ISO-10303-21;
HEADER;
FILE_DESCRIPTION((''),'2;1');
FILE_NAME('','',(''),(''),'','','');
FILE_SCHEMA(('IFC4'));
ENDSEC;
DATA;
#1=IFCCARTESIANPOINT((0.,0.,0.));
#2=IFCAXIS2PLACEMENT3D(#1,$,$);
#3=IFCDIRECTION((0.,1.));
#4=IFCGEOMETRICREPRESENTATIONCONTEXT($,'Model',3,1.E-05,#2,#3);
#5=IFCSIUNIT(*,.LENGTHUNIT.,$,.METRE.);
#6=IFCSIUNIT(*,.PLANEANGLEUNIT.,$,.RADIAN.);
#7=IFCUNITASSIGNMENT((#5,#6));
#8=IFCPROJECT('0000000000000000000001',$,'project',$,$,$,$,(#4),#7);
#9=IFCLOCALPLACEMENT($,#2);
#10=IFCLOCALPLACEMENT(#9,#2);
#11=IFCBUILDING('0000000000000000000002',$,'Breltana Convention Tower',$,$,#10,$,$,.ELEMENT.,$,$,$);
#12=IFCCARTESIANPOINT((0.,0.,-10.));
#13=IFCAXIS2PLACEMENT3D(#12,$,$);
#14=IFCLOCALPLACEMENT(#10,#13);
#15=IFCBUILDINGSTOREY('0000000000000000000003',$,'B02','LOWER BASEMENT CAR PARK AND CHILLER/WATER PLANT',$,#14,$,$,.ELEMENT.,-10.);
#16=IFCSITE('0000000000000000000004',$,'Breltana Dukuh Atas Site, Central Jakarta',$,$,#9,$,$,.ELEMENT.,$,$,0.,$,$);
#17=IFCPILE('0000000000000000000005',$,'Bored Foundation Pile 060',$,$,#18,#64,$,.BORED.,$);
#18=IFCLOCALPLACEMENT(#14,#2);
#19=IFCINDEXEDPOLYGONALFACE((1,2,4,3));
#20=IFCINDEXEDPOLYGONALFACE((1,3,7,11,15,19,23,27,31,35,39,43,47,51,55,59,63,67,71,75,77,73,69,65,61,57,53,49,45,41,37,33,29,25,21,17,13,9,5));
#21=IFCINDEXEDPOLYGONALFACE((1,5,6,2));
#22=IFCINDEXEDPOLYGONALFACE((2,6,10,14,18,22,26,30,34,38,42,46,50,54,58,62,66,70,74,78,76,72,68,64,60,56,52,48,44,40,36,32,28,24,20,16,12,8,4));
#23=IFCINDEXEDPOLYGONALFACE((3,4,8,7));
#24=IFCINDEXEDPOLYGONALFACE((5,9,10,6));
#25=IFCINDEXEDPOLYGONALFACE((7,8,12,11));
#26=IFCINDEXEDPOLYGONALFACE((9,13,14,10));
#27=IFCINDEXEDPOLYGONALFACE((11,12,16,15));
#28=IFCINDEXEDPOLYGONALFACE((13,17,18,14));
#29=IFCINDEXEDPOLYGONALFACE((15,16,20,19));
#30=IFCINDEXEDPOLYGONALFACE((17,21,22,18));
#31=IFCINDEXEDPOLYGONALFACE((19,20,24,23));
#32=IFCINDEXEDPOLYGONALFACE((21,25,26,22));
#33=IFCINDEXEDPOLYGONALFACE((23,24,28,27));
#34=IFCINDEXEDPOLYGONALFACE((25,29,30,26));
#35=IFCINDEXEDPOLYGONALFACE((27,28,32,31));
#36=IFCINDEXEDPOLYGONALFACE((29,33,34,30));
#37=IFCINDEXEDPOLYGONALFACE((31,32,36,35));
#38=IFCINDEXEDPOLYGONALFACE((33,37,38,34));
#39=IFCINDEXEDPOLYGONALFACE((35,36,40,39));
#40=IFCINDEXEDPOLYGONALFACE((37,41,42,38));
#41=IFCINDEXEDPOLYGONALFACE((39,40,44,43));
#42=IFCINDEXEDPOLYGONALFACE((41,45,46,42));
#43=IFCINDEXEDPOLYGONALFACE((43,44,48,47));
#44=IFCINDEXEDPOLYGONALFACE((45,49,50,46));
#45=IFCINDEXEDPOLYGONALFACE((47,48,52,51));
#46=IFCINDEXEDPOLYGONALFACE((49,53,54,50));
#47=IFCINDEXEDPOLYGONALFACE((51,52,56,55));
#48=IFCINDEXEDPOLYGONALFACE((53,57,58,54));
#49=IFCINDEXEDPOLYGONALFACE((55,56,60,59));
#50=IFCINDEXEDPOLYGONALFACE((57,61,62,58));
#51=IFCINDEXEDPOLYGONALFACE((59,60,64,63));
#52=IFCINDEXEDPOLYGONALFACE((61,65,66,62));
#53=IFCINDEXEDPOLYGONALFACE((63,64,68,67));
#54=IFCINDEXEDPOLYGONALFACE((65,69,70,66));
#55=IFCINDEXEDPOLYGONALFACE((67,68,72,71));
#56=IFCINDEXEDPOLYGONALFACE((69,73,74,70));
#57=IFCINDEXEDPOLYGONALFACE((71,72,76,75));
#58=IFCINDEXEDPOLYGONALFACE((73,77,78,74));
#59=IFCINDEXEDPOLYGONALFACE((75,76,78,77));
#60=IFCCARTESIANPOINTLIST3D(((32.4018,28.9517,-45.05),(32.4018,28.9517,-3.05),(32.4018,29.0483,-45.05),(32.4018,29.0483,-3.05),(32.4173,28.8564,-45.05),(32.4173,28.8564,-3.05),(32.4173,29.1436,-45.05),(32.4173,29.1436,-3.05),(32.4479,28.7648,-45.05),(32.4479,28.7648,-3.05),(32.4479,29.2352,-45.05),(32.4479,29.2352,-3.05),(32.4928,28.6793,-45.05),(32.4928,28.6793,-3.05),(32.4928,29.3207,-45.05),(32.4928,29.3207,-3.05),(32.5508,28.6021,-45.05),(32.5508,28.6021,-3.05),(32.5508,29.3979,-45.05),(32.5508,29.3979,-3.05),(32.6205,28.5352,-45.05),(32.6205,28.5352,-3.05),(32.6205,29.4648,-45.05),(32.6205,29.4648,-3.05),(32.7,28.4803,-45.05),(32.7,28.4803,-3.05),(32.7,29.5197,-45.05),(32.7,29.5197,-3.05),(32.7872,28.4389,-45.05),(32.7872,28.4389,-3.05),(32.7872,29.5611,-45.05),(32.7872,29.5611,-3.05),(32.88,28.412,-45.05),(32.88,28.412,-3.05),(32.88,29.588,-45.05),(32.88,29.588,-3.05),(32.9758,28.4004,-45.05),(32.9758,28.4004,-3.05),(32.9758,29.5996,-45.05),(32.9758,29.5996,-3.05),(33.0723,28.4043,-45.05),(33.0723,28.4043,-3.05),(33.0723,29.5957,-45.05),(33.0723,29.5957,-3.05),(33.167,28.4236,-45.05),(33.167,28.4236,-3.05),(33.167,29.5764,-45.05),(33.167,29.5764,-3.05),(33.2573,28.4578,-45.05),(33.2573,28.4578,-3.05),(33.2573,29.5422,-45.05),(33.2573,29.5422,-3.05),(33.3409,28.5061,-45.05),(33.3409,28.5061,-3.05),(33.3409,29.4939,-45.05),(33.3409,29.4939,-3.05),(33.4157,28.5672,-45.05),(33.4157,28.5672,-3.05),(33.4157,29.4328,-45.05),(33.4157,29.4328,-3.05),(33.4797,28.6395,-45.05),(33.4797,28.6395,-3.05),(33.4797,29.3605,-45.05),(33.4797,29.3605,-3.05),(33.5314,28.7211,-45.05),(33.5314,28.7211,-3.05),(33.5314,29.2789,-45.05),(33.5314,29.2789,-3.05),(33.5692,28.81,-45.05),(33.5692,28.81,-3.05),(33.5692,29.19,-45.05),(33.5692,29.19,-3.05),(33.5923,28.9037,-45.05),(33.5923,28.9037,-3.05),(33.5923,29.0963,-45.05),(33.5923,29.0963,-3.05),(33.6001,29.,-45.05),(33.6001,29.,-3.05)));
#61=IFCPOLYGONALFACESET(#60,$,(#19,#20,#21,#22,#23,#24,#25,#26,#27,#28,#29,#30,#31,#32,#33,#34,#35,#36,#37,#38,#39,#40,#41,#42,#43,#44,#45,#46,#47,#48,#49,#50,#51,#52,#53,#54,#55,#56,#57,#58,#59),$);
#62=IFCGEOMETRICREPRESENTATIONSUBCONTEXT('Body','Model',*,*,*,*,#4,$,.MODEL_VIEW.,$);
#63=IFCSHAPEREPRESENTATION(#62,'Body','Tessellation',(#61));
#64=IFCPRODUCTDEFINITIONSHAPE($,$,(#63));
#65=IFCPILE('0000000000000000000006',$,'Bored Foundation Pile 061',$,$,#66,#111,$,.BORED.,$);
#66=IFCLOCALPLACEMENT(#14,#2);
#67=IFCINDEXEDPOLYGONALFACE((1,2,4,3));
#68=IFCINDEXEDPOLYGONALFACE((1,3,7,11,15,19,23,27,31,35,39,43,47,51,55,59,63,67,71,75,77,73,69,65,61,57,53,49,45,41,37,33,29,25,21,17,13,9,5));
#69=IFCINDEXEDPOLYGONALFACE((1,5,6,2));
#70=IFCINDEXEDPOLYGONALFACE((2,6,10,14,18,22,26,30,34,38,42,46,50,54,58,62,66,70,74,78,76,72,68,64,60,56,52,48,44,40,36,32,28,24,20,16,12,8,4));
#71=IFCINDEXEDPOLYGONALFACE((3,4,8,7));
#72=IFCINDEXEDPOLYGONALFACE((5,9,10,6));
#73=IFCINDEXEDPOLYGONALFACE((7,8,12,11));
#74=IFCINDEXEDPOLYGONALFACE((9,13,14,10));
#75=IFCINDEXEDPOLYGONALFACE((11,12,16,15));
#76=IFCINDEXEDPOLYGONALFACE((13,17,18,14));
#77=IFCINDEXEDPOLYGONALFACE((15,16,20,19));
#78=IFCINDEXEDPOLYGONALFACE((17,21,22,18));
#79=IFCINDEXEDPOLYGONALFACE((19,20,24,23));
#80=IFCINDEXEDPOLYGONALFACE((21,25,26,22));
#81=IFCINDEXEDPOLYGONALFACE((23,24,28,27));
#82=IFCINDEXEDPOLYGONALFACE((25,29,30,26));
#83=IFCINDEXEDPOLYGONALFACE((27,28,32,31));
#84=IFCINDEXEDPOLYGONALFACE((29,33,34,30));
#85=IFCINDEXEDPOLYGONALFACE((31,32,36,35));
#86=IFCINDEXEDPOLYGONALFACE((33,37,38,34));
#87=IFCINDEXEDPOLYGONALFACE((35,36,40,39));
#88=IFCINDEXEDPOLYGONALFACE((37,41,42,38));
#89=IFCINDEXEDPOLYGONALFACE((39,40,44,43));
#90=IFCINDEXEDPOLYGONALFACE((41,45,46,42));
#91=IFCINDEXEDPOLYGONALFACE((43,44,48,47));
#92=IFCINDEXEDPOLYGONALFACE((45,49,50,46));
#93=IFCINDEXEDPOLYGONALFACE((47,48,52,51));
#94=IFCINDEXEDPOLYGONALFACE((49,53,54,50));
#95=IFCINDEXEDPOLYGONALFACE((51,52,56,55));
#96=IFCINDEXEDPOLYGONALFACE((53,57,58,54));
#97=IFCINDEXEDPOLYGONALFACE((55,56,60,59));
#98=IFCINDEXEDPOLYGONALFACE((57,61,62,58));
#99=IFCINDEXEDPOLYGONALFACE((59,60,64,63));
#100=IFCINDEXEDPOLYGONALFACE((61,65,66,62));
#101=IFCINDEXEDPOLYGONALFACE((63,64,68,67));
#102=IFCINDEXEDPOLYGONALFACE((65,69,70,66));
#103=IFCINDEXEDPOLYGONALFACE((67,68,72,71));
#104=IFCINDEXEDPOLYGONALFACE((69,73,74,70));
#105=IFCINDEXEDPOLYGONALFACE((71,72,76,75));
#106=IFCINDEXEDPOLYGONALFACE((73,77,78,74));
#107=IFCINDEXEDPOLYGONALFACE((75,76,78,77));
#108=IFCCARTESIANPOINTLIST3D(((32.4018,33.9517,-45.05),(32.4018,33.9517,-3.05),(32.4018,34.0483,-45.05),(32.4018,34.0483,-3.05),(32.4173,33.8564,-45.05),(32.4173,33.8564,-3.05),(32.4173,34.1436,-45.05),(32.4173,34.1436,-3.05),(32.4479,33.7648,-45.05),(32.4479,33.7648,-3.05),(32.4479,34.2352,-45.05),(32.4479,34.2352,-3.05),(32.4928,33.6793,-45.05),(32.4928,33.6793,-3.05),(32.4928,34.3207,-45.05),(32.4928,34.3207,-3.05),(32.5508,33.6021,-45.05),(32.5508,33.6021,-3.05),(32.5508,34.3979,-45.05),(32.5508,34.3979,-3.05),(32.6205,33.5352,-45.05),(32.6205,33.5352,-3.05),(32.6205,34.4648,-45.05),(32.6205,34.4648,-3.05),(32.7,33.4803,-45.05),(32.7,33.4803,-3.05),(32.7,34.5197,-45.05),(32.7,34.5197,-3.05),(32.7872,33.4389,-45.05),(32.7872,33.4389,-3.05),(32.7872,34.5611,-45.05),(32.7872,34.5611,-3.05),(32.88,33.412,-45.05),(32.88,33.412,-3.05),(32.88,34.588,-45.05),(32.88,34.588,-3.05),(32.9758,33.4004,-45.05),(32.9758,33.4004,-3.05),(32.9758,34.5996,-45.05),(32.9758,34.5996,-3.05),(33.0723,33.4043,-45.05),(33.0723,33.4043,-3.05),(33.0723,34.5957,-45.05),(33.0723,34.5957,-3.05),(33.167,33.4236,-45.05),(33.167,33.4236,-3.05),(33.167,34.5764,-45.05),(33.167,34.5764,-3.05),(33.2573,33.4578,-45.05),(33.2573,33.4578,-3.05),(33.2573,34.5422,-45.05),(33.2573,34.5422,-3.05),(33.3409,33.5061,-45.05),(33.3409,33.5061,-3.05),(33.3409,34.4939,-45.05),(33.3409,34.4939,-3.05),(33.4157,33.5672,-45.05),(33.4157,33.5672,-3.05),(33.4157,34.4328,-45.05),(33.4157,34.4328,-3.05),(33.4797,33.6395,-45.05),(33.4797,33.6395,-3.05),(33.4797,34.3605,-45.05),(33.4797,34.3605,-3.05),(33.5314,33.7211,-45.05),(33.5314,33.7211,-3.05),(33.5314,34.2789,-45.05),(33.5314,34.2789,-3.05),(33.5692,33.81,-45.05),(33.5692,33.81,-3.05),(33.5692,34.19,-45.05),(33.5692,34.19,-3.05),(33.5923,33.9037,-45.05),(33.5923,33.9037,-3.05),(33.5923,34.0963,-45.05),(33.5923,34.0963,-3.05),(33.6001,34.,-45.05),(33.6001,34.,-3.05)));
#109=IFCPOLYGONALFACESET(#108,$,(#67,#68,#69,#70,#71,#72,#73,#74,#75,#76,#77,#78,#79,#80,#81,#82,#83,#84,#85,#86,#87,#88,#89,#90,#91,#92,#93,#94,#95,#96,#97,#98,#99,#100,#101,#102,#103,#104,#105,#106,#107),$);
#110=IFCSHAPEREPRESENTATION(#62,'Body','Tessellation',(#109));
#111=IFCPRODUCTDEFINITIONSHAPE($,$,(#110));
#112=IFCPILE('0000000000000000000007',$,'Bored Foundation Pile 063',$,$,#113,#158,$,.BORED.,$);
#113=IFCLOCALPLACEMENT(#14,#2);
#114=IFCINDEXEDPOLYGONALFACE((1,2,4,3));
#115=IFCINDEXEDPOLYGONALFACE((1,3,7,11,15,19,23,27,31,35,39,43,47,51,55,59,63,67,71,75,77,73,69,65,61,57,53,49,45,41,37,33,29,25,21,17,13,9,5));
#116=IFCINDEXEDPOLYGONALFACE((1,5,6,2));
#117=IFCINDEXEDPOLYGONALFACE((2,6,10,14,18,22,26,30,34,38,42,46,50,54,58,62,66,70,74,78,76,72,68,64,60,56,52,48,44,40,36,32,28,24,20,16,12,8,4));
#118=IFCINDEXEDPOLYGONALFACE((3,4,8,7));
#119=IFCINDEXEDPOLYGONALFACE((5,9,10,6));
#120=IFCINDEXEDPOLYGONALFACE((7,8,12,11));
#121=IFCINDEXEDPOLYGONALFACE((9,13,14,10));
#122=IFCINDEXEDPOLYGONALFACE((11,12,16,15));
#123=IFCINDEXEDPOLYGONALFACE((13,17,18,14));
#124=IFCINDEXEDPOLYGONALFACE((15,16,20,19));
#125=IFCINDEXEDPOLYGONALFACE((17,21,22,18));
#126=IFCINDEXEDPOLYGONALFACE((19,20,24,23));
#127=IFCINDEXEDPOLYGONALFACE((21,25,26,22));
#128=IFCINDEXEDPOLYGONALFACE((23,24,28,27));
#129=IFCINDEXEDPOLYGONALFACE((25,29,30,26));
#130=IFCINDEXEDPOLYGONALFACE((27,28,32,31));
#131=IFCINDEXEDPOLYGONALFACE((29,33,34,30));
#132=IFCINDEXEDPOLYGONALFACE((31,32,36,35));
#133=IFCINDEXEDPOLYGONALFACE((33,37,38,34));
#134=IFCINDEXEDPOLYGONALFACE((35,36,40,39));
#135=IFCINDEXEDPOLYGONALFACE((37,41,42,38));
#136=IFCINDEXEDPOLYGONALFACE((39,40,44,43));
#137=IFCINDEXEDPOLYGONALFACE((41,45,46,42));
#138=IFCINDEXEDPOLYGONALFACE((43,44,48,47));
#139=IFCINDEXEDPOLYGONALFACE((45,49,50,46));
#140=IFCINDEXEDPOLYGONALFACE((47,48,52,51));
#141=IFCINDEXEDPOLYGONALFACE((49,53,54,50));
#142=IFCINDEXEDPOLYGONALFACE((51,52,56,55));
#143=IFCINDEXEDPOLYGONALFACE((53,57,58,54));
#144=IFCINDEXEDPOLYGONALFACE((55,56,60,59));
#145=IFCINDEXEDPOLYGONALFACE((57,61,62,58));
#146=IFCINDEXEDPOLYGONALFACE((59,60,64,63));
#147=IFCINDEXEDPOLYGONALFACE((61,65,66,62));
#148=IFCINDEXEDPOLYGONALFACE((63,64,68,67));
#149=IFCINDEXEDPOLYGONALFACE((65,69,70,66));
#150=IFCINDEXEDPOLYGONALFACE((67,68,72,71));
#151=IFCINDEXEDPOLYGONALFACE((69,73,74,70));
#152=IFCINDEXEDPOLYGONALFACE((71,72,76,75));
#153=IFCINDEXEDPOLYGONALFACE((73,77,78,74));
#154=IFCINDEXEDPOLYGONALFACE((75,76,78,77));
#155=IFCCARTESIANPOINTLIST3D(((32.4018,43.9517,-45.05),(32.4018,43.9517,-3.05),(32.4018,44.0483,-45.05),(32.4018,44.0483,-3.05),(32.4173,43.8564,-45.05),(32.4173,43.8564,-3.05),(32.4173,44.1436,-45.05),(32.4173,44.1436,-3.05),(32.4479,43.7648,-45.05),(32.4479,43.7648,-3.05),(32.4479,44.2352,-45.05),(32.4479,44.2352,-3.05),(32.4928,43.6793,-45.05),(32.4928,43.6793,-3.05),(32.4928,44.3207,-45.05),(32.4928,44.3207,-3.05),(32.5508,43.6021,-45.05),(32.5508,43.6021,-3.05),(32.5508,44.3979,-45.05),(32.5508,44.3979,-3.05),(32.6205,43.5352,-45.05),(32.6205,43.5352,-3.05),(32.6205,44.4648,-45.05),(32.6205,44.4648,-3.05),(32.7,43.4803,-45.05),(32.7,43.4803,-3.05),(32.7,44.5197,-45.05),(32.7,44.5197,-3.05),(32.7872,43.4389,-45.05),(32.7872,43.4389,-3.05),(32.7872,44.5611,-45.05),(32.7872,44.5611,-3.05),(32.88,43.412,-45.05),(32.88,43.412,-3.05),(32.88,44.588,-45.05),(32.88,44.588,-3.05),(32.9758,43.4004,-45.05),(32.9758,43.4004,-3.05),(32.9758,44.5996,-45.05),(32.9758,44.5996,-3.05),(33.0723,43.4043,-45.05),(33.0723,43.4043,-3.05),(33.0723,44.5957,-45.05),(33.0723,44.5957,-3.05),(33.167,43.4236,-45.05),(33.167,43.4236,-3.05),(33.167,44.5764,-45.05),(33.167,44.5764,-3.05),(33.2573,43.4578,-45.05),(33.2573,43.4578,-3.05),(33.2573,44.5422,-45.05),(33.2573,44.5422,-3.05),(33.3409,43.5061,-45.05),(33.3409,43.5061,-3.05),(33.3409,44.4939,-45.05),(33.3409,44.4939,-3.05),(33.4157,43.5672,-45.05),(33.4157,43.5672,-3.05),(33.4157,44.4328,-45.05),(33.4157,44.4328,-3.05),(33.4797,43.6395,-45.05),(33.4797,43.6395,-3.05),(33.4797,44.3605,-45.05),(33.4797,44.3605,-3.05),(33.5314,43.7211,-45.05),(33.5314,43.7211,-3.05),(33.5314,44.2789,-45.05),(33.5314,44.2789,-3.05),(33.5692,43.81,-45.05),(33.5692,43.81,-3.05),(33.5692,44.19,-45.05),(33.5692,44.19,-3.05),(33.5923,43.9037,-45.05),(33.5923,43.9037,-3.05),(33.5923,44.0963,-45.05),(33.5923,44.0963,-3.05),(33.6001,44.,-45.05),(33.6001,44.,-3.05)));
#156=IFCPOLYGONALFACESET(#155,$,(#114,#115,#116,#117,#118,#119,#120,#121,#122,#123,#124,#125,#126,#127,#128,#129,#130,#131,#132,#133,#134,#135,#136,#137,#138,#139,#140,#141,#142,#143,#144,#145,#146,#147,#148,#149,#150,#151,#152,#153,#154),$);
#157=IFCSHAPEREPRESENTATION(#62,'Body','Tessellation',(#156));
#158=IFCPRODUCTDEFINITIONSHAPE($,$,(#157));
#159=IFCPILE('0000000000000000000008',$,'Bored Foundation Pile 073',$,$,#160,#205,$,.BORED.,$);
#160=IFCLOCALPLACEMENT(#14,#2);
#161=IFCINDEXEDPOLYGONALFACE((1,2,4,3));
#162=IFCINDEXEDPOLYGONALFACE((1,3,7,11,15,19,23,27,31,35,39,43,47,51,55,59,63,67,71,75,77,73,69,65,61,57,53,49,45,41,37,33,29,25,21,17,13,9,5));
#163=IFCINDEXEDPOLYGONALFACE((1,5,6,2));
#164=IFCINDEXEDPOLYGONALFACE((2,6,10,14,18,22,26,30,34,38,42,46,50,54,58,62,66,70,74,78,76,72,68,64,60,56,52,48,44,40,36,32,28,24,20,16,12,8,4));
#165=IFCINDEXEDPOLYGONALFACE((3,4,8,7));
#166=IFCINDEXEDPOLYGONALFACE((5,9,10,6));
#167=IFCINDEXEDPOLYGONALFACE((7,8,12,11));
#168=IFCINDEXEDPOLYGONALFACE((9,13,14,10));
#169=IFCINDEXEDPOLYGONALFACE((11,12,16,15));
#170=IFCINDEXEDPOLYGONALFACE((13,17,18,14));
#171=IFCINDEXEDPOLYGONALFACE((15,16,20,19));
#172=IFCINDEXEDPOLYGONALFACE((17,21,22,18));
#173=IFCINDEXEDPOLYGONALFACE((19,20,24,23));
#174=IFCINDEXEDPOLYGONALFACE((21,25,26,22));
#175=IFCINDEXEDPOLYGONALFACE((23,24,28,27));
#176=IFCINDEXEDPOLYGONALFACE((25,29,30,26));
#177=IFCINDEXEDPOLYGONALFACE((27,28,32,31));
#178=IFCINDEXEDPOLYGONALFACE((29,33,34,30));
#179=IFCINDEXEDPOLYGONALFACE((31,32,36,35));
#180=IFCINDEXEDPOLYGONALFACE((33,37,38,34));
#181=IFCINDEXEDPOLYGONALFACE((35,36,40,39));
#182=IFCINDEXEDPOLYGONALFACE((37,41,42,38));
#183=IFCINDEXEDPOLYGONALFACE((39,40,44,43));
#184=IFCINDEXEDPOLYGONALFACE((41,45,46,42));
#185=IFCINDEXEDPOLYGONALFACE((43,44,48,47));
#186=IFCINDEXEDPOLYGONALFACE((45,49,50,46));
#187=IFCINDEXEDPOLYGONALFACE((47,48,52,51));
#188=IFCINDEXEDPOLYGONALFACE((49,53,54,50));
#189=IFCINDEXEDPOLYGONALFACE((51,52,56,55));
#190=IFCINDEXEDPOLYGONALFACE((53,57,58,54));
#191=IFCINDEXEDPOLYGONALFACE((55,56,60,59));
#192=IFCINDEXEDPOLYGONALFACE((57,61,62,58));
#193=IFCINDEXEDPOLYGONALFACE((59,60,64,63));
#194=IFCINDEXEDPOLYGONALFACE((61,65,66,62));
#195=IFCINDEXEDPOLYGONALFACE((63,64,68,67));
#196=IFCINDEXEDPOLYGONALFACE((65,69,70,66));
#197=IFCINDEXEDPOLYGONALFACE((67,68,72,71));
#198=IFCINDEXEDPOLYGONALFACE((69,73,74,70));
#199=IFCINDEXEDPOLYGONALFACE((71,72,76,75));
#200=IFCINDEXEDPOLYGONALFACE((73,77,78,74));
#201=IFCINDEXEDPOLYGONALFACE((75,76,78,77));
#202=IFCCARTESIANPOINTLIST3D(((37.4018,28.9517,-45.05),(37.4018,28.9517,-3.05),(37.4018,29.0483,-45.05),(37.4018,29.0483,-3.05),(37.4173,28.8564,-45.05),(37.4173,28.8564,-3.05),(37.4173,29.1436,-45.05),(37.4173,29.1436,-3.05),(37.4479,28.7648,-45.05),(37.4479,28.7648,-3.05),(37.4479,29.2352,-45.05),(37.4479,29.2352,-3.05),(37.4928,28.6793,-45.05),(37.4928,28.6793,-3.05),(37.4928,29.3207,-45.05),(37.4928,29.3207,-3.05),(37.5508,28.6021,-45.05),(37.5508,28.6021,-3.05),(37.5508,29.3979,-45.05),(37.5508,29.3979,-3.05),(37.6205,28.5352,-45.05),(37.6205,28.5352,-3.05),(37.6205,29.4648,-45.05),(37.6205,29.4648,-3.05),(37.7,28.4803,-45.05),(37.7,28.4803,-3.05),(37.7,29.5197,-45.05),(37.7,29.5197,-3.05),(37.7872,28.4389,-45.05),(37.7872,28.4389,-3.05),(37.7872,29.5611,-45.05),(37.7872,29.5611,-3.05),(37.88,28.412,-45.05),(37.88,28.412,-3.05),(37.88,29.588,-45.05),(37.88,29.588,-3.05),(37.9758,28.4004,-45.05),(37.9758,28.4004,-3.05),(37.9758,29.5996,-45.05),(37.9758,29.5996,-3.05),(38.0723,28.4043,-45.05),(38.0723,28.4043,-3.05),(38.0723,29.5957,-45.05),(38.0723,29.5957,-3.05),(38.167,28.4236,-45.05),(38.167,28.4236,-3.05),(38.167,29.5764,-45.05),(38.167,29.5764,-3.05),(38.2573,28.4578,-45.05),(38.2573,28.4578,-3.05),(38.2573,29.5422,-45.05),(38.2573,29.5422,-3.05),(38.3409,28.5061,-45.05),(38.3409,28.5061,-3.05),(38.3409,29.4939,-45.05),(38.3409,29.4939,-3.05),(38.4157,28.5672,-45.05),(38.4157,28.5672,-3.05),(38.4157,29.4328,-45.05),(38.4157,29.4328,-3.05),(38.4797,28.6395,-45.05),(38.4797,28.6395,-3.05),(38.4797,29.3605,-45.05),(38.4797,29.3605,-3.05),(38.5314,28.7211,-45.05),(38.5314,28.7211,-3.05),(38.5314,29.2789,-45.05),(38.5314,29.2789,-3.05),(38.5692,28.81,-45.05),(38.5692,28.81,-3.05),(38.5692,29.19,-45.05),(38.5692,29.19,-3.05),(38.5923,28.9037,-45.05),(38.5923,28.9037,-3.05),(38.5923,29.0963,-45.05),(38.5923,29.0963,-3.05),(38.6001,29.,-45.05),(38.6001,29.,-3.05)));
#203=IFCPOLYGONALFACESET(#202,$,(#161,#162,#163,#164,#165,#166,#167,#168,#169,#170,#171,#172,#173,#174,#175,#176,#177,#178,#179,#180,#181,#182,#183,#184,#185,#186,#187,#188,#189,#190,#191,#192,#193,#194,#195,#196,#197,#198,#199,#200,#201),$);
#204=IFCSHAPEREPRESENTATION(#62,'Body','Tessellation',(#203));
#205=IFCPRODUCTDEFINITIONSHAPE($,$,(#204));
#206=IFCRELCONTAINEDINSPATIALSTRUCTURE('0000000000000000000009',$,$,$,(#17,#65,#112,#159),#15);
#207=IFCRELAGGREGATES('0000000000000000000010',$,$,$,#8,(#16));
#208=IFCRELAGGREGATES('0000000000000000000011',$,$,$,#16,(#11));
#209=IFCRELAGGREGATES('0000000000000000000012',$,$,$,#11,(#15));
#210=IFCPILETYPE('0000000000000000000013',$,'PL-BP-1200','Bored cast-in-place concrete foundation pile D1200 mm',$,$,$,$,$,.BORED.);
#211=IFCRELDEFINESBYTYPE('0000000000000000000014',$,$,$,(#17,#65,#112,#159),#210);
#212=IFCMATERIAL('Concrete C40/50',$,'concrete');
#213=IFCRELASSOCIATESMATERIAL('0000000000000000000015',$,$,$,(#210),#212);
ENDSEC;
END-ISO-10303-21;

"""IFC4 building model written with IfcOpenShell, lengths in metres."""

from ifc_helpers import new_model, si_unit, direction, frame, origin, origin_2d, place, context, subcontext, project, spatial, circle, extrude, source, transform, mapped, material, material_profile, profile_set, type_object, type_shapes, element, save


model = new_model("IFC4")

# Units and contexts
model_context = context("Model", 3, precision=1e-05, world=origin(), true_north=direction((0.0, 1.0)))
body_context = subcontext(model_context, "Body", "Model", "MODEL_VIEW")
ifc_project = project(units=[si_unit("LENGTHUNIT", "METRE"), si_unit("PLANEANGLEUNIT", "RADIAN")], contexts=[model_context])

# Site, building, storey
site_placement = place(None, origin())
site = spatial("IfcSite", under=ifc_project, at=site_placement, Name="Breltana Dukuh Atas Site, Central Jakarta", CompositionType="ELEMENT", RefElevation=0.0)
building_placement = place(site_placement, origin())
building = spatial("IfcBuilding", under=site, at=building_placement, Name="Breltana Convention Tower", CompositionType="ELEMENT")
storey_placement = place(building_placement, frame((0.0, 0.0, -10.0)))
storey = spatial("IfcBuildingStorey", under=building, at=storey_placement, Name="B02", Description="LOWER BASEMENT CAR PARK AND CHILLER/WATER PLANT", CompositionType="ELEMENT", Elevation=-10.0)

# Piles
ifc_material_1 = material(Name="Concrete C40/50", Category="concrete")
ifc_material_profile_1 = material_profile(ifc_material_1, circle(Radius=0.6001, at=origin_2d()), Name="BP-D1200")
ifc_profile_set_1 = profile_set([ifc_material_profile_1], Name="Concrete C40/50")
pile_type_1 = type_object("IfcPileType", Name="PL-BP-1200", Description="Bored cast-in-place concrete foundation pile D1200 mm", PredefinedType="BORED", material=ifc_profile_set_1)
shared_shape_1 = source(origin(), body_context, "Body", "SweptSolid", [
    extrude(circle(Radius=0.6001, at=origin_2d()), origin(), (0.0, 0.0, 1.0), 42.0),
])
type_shapes(pile_type_1, [shared_shape_1])
for number, where, z_axis, x_axis, name in (
    (1, (33.0, 29.0, -3.05), (0.0, 0.0, -1.0), (1.0, 0.0, 0.0), "Bored Foundation Pile 060"),
    (2, (33.0, 34.0, -3.05), (0.0, 0.0, -1.0), (1.0, 0.0, 0.0), "Bored Foundation Pile 061"),
    (3, (33.0, 44.0, -3.05), (0.0, 0.0, -1.0), (1.0, 0.0, 0.0), "Bored Foundation Pile 063"),
    (4, (38.0, 29.0, -3.05), (0.0, 0.0, -1.0), (1.0, 0.0, 0.0), "Bored Foundation Pile 073"),
):
    element("IfcPile", number, at=place(storey_placement, frame(where, z_axis=z_axis, x_axis=x_axis)), inside=storey, type_object=pile_type_1, Name=name, PredefinedType="BORED", context=body_context, shape_type="MappedRepresentation", body=[
        mapped(shared_shape_1, transform((0.0, 0.0, 0.0), scale=1.0)),
    ])

save(model, "model.ifc")
